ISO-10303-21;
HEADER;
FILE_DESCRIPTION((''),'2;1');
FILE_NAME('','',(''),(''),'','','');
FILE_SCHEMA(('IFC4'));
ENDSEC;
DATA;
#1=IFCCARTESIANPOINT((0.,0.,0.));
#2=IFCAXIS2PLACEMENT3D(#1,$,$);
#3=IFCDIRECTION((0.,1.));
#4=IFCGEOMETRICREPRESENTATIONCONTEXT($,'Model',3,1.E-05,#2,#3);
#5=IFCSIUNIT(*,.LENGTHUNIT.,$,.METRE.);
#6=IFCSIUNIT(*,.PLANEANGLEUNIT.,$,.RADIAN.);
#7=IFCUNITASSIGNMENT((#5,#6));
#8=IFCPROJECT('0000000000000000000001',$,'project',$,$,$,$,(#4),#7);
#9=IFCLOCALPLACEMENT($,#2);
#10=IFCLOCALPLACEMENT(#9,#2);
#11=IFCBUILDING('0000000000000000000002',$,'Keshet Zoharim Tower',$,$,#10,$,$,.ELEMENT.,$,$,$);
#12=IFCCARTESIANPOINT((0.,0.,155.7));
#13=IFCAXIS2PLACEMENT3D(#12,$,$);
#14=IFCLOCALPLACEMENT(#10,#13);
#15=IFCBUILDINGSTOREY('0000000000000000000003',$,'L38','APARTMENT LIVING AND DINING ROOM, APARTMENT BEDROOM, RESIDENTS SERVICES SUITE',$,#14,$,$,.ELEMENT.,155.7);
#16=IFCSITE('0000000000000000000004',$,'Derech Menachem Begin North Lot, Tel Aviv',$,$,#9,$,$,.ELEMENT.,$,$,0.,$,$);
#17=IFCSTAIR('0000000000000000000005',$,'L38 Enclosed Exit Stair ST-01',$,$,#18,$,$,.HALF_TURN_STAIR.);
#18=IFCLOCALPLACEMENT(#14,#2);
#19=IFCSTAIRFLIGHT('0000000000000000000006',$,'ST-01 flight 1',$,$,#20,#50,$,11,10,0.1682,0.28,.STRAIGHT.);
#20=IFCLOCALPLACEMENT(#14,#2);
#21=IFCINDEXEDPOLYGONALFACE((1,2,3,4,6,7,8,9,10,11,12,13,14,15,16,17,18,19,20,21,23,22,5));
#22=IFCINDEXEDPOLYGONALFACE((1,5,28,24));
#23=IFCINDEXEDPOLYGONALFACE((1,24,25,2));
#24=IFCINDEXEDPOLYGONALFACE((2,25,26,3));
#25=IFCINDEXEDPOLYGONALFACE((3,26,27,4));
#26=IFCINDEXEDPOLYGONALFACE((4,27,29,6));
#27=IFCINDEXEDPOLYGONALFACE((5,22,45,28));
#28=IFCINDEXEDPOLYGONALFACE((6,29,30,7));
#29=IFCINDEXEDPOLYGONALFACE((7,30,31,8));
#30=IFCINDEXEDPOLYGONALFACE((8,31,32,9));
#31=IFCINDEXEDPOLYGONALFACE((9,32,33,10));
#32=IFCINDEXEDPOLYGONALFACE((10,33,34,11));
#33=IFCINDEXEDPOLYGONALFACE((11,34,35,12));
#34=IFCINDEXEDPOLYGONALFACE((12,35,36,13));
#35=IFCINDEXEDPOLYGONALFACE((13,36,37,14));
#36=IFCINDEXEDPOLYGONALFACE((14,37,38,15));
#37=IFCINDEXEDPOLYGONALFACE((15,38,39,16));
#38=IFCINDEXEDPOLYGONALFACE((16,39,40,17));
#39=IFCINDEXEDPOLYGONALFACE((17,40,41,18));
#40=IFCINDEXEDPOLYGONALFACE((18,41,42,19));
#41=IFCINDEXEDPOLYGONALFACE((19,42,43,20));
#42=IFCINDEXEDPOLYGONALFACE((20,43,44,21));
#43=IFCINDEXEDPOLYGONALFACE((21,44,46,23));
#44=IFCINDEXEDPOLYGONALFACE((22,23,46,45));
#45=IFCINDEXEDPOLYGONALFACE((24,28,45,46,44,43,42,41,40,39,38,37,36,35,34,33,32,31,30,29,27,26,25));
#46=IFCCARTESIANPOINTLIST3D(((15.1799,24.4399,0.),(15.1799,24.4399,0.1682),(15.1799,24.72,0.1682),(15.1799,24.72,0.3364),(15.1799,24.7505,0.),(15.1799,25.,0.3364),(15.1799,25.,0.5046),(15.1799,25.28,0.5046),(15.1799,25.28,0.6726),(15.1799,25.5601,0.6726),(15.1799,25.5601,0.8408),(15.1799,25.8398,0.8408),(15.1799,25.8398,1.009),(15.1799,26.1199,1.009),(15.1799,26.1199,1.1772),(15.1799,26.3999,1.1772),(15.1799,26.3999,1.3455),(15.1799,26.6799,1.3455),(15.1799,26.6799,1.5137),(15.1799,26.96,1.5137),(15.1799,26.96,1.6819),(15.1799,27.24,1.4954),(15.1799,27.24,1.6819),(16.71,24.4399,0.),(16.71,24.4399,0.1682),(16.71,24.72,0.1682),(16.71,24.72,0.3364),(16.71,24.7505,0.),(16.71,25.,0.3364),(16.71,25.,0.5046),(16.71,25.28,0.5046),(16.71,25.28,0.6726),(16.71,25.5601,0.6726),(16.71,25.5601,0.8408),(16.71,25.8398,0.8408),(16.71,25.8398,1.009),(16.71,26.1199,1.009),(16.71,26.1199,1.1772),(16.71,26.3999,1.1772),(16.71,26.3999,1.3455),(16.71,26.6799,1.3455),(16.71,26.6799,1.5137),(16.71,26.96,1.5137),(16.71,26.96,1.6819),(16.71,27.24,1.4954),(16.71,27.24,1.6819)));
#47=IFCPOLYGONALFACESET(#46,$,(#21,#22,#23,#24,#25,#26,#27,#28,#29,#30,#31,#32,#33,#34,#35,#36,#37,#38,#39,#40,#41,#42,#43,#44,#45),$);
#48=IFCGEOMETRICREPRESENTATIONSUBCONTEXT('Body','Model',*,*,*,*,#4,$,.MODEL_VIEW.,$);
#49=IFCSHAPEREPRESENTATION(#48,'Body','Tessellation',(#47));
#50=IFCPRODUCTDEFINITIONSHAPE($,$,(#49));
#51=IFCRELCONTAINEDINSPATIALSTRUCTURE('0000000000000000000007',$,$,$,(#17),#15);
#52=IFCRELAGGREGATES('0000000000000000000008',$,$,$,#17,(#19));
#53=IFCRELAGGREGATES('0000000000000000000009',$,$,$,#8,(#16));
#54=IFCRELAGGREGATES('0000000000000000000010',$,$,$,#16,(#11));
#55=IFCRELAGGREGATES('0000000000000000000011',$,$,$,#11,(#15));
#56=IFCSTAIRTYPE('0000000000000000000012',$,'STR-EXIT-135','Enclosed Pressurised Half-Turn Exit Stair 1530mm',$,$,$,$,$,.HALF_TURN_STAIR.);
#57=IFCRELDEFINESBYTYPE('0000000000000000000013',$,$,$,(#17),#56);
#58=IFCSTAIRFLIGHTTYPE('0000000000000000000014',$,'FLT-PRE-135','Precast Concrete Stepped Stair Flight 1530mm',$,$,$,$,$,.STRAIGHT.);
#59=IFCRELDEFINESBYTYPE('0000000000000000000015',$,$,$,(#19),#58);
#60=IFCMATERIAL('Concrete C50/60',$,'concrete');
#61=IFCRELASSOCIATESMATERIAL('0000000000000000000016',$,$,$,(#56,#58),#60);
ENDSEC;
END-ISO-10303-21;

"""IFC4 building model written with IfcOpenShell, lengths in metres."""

from ifc_helpers import new_model, si_unit, direction, frame, origin, place, context, subcontext, project, spatial, polyline, outline, extrude, material, type_object, element, aggregate, save


model = new_model("IFC4")

# Units and contexts
model_context = context("Model", 3, precision=1e-05, world=origin(), true_north=direction((0.0, 1.0)))
body_context = subcontext(model_context, "Body", "Model", "MODEL_VIEW")
ifc_project = project(units=[si_unit("LENGTHUNIT", "METRE"), si_unit("PLANEANGLEUNIT", "RADIAN")], contexts=[model_context])

# Site, building, storey
site_placement = place(None, origin())
site = spatial("IfcSite", under=ifc_project, at=site_placement, Name="Derech Menachem Begin North Lot, Tel Aviv", CompositionType="ELEMENT", RefElevation=0.0)
building_placement = place(site_placement, origin())
building = spatial("IfcBuilding", under=site, at=building_placement, Name="Keshet Zoharim Tower", CompositionType="ELEMENT")
storey_placement = place(building_placement, frame((0.0, 0.0, 155.7)))
storey = spatial("IfcBuildingStorey", under=building, at=storey_placement, Name="L38", Description="APARTMENT LIVING AND DINING ROOM, APARTMENT BEDROOM, RESIDENTS SERVICES SUITE", CompositionType="ELEMENT", Elevation=155.7)

# Shared definitions
ifc_material_1 = material(Name="Concrete C50/60", Category="concrete")

# Stair, stair flight
stair_type = type_object("IfcStairType", Name="STR-EXIT-135", Description="Enclosed Pressurised Half-Turn Exit Stair 1530mm", PredefinedType="HALF_TURN_STAIR", material=ifc_material_1)
stair_placement = place(storey_placement, origin())
stair = element("IfcStair", 1, at=stair_placement, inside=storey, type_object=stair_type, Name="L38 Enclosed Exit Stair ST-01", PredefinedType="HALF_TURN_STAIR")
stair_flight_type = type_object("IfcStairFlightType", Name="FLT-PRE-135", Description="Precast Concrete Stepped Stair Flight 1530mm", PredefinedType="STRAIGHT", material=ifc_material_1)
stair_flight_placement = place(storey_placement, frame((15.9451, 24.4399, 0.0), z_axis=(0.0, 0.0, 1.0), x_axis=(0.0, 1.0, 0.0)))
stair_flight = element("IfcStairFlight", 2, at=stair_flight_placement, type_object=stair_flight_type, Name="ST-01 flight 1", NumberOfRisers=11, NumberOfTreads=10, PredefinedType="STRAIGHT", RiserHeight=0.1682, TreadLength=0.28, context=body_context, shape_type="SweptSolid", body=[
    extrude(outline(polyline([(0.0, 0.0), (0.0, 0.1682), (0.28, 0.1682), (0.28, 0.3364), (0.5601, 0.3364), (0.5601, 0.5046), (0.8401, 0.5046), (0.8401, 0.6726), (1.1201, 0.6726), (1.1201, 0.8408), (1.3999, 0.8408), (1.3999, 1.009), (1.6799, 1.009), (1.6799, 1.1772), (1.96, 1.1772), (1.96, 1.3455), (2.24, 1.3455), (2.24, 1.5137), (2.52, 1.5137), (2.52, 1.6819), (2.8, 1.6819), (2.8, 1.8501), (2.8, 1.4954), (0.3105, 0.0), (0.0, 0.0)])), frame((0.0, 0.7651, 0.0), z_axis=(0.0, -1.0, 0.0), x_axis=(1.0, 0.0, 0.0)), (0.0, 0.0, 1.0), 1.53),
])
aggregate(stair, [stair_flight])

save(model, "model.ifc")
